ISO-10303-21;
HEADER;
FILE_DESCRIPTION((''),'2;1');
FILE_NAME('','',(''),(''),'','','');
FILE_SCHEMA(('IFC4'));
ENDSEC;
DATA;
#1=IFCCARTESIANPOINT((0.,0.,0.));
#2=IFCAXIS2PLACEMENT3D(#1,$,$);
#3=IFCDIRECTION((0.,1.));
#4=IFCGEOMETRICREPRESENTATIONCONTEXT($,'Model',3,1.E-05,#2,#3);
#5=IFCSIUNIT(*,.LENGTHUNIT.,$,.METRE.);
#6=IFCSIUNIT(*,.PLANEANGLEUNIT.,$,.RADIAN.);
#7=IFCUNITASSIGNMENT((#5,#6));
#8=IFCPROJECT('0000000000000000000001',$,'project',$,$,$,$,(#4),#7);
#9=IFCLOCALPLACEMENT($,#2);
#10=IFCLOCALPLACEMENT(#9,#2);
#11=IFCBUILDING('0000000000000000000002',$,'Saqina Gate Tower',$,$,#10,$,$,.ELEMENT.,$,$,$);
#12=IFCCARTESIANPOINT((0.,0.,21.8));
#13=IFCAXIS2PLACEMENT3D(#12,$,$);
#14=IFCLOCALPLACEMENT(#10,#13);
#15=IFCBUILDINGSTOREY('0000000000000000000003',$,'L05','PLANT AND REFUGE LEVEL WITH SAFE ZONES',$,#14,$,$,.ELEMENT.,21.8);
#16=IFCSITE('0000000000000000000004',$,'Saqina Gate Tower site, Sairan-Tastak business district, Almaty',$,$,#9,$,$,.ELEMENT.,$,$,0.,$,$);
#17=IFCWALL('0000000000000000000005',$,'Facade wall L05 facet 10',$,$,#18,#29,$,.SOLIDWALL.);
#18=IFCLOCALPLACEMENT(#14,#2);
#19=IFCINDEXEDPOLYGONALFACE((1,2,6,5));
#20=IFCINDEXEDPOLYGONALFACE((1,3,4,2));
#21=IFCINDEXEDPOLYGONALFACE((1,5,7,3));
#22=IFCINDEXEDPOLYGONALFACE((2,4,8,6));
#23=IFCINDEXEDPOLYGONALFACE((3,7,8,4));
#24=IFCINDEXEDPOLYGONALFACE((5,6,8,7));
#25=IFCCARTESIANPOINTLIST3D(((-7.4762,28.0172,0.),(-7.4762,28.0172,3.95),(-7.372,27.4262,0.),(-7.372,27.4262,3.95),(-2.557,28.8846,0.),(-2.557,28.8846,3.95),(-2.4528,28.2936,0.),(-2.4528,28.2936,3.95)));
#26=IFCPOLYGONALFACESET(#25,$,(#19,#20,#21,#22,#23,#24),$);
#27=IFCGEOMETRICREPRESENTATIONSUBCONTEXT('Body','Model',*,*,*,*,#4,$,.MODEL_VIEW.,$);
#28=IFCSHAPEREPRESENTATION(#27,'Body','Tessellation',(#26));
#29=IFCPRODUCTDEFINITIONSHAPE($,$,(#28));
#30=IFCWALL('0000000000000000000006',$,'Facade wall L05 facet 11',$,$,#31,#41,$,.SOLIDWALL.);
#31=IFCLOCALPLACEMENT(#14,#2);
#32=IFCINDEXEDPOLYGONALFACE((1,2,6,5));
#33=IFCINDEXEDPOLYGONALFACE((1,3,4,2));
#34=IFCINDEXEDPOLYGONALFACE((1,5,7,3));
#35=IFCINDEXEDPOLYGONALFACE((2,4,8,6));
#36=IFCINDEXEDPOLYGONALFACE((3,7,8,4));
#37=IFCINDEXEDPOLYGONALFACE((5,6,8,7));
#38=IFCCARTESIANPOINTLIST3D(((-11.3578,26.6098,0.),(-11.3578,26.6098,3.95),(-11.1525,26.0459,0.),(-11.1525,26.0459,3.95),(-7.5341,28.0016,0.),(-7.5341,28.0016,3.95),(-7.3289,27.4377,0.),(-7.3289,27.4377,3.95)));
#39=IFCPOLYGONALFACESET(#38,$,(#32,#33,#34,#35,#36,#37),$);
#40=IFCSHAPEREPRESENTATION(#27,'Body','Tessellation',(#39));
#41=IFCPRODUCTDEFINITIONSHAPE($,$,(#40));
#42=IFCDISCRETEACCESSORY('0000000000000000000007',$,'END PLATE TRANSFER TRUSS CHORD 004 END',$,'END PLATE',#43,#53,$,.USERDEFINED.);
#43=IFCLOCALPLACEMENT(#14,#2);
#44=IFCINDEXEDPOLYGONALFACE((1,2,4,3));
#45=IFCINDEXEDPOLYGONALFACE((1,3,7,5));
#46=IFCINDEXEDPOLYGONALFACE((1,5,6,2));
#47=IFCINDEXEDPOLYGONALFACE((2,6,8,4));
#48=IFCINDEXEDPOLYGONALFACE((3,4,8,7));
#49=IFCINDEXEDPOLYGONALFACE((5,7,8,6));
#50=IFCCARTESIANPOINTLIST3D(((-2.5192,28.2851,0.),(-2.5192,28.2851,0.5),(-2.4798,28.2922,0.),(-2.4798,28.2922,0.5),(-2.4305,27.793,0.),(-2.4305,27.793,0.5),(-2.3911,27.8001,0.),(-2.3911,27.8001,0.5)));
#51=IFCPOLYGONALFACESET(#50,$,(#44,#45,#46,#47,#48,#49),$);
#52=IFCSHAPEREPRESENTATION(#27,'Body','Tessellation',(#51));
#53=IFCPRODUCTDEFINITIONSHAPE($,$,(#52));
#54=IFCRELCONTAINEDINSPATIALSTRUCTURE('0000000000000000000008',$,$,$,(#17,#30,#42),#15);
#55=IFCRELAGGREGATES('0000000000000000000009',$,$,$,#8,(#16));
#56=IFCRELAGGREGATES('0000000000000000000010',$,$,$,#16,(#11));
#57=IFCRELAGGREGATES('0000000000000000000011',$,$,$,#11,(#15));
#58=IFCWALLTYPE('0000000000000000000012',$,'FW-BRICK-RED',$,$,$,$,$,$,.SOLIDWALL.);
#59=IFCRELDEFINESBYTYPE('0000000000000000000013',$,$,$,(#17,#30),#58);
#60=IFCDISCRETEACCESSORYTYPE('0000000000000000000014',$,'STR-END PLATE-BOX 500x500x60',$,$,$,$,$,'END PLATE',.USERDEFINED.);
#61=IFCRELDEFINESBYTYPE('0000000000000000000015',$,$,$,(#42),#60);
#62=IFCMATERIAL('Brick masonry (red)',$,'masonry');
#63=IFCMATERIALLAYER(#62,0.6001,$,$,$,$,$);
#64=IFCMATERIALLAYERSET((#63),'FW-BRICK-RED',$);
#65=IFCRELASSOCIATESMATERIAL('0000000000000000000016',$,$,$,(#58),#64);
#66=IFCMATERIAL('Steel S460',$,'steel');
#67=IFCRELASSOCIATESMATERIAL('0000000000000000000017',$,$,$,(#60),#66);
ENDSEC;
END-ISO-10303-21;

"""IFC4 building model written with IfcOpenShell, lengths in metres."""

from ifc_helpers import new_model, si_unit, direction, frame, frame_2d, origin, origin_2d, place, context, subcontext, project, spatial, rectangle, extrude, material, layer, layer_set, material_profile, profile_set, type_object, element, save


model = new_model("IFC4")

# Units and contexts
model_context = context("Model", 3, precision=1e-05, world=origin(), true_north=direction((0.0, 1.0)))
body_context = subcontext(model_context, "Body", "Model", "MODEL_VIEW")
ifc_project = project(units=[si_unit("LENGTHUNIT", "METRE"), si_unit("PLANEANGLEUNIT", "RADIAN")], contexts=[model_context])

# Site, building, storey
site_placement = place(None, origin())
site = spatial("IfcSite", under=ifc_project, at=site_placement, Name="Saqina Gate Tower site, Sairan-Tastak business district, Almaty", CompositionType="ELEMENT", RefElevation=0.0)
building_placement = place(site_placement, origin())
building = spatial("IfcBuilding", under=site, at=building_placement, Name="Saqina Gate Tower", CompositionType="ELEMENT")
storey_placement = place(building_placement, frame((0.0, 0.0, 21.8)))
storey = spatial("IfcBuildingStorey", under=building, at=storey_placement, Name="L05", Description="PLANT AND REFUGE LEVEL WITH SAFE ZONES", CompositionType="ELEMENT", Elevation=21.8)

# Walls
ifc_material_1 = material(Name="Brick masonry (red)", Category="masonry")
ifc_layer = layer(ifc_material_1, 0.6001)
ifc_layer_set = layer_set([ifc_layer], Name="FW-BRICK-RED")
wall_type = type_object("IfcWallType", Name="FW-BRICK-RED", PredefinedType="SOLIDWALL", material=ifc_layer_set)
wall_1_placement = place(storey_placement, frame((-2.5049, 28.5891, 0.0), z_axis=(0.0, 0.0, 1.0), x_axis=(-0.984806, -0.173657, 0.0)))
element("IfcWall", 1, at=wall_1_placement, inside=storey, type_object=wall_type, Name="Facade wall L05 facet 10", PredefinedType="SOLIDWALL", context=body_context, shape_type="SweptSolid", body=[
    extrude(rectangle(XDim=4.9951, YDim=0.6001, at=frame_2d((2.4976, 0.0))), origin(), (0.0, 0.0, 1.0), 3.95),
])
wall_2_placement = place(storey_placement, frame((-7.4314, 27.7197, 0.0), z_axis=(0.0, 0.0, 1.0), x_axis=(-0.939683, -0.342047, 0.0)))
element("IfcWall", 2, at=wall_2_placement, inside=storey, type_object=wall_type, Name="Facade wall L05 facet 11", PredefinedType="SOLIDWALL", context=body_context, shape_type="SweptSolid", body=[
    extrude(rectangle(XDim=4.0691, YDim=0.6001, at=frame_2d((2.0347, 0.0))), origin(), (0.0, 0.0, 1.0), 3.95),
])

# Discrete accessory
ifc_material_2 = material(Name="Steel S460", Category="steel")
ifc_material_profile_1 = material_profile(ifc_material_2, rectangle(XDim=0.5, YDim=0.5, at=origin_2d()), Name="STR-END PLATE-BOX 500x500x60")
ifc_profile_set_1 = profile_set([ifc_material_profile_1], Name="Steel S460")
discrete_accessory_type = type_object("IfcDiscreteAccessoryType", Name="STR-END PLATE-BOX 500x500x60", ElementType="END PLATE", PredefinedType="USERDEFINED", material=ifc_profile_set_1)
discrete_accessory_placement = place(storey_placement, frame((-2.4749, 28.0391, 0.25), z_axis=(0.984162, 0.177271, 0.0), x_axis=(-0.177271, 0.984162, 0.0)))
element("IfcDiscreteAccessory", 3, at=discrete_accessory_placement, inside=storey, type_object=discrete_accessory_type, Name="END PLATE TRANSFER TRUSS CHORD 004 END", ObjectType="END PLATE", PredefinedType="USERDEFINED", context=body_context, shape_type="SweptSolid", body=[
    extrude(rectangle(XDim=0.5, YDim=0.5, at=origin_2d()), origin(), (0.0, 0.0, 1.0), 0.04),
])

save(model, "model.ifc")
